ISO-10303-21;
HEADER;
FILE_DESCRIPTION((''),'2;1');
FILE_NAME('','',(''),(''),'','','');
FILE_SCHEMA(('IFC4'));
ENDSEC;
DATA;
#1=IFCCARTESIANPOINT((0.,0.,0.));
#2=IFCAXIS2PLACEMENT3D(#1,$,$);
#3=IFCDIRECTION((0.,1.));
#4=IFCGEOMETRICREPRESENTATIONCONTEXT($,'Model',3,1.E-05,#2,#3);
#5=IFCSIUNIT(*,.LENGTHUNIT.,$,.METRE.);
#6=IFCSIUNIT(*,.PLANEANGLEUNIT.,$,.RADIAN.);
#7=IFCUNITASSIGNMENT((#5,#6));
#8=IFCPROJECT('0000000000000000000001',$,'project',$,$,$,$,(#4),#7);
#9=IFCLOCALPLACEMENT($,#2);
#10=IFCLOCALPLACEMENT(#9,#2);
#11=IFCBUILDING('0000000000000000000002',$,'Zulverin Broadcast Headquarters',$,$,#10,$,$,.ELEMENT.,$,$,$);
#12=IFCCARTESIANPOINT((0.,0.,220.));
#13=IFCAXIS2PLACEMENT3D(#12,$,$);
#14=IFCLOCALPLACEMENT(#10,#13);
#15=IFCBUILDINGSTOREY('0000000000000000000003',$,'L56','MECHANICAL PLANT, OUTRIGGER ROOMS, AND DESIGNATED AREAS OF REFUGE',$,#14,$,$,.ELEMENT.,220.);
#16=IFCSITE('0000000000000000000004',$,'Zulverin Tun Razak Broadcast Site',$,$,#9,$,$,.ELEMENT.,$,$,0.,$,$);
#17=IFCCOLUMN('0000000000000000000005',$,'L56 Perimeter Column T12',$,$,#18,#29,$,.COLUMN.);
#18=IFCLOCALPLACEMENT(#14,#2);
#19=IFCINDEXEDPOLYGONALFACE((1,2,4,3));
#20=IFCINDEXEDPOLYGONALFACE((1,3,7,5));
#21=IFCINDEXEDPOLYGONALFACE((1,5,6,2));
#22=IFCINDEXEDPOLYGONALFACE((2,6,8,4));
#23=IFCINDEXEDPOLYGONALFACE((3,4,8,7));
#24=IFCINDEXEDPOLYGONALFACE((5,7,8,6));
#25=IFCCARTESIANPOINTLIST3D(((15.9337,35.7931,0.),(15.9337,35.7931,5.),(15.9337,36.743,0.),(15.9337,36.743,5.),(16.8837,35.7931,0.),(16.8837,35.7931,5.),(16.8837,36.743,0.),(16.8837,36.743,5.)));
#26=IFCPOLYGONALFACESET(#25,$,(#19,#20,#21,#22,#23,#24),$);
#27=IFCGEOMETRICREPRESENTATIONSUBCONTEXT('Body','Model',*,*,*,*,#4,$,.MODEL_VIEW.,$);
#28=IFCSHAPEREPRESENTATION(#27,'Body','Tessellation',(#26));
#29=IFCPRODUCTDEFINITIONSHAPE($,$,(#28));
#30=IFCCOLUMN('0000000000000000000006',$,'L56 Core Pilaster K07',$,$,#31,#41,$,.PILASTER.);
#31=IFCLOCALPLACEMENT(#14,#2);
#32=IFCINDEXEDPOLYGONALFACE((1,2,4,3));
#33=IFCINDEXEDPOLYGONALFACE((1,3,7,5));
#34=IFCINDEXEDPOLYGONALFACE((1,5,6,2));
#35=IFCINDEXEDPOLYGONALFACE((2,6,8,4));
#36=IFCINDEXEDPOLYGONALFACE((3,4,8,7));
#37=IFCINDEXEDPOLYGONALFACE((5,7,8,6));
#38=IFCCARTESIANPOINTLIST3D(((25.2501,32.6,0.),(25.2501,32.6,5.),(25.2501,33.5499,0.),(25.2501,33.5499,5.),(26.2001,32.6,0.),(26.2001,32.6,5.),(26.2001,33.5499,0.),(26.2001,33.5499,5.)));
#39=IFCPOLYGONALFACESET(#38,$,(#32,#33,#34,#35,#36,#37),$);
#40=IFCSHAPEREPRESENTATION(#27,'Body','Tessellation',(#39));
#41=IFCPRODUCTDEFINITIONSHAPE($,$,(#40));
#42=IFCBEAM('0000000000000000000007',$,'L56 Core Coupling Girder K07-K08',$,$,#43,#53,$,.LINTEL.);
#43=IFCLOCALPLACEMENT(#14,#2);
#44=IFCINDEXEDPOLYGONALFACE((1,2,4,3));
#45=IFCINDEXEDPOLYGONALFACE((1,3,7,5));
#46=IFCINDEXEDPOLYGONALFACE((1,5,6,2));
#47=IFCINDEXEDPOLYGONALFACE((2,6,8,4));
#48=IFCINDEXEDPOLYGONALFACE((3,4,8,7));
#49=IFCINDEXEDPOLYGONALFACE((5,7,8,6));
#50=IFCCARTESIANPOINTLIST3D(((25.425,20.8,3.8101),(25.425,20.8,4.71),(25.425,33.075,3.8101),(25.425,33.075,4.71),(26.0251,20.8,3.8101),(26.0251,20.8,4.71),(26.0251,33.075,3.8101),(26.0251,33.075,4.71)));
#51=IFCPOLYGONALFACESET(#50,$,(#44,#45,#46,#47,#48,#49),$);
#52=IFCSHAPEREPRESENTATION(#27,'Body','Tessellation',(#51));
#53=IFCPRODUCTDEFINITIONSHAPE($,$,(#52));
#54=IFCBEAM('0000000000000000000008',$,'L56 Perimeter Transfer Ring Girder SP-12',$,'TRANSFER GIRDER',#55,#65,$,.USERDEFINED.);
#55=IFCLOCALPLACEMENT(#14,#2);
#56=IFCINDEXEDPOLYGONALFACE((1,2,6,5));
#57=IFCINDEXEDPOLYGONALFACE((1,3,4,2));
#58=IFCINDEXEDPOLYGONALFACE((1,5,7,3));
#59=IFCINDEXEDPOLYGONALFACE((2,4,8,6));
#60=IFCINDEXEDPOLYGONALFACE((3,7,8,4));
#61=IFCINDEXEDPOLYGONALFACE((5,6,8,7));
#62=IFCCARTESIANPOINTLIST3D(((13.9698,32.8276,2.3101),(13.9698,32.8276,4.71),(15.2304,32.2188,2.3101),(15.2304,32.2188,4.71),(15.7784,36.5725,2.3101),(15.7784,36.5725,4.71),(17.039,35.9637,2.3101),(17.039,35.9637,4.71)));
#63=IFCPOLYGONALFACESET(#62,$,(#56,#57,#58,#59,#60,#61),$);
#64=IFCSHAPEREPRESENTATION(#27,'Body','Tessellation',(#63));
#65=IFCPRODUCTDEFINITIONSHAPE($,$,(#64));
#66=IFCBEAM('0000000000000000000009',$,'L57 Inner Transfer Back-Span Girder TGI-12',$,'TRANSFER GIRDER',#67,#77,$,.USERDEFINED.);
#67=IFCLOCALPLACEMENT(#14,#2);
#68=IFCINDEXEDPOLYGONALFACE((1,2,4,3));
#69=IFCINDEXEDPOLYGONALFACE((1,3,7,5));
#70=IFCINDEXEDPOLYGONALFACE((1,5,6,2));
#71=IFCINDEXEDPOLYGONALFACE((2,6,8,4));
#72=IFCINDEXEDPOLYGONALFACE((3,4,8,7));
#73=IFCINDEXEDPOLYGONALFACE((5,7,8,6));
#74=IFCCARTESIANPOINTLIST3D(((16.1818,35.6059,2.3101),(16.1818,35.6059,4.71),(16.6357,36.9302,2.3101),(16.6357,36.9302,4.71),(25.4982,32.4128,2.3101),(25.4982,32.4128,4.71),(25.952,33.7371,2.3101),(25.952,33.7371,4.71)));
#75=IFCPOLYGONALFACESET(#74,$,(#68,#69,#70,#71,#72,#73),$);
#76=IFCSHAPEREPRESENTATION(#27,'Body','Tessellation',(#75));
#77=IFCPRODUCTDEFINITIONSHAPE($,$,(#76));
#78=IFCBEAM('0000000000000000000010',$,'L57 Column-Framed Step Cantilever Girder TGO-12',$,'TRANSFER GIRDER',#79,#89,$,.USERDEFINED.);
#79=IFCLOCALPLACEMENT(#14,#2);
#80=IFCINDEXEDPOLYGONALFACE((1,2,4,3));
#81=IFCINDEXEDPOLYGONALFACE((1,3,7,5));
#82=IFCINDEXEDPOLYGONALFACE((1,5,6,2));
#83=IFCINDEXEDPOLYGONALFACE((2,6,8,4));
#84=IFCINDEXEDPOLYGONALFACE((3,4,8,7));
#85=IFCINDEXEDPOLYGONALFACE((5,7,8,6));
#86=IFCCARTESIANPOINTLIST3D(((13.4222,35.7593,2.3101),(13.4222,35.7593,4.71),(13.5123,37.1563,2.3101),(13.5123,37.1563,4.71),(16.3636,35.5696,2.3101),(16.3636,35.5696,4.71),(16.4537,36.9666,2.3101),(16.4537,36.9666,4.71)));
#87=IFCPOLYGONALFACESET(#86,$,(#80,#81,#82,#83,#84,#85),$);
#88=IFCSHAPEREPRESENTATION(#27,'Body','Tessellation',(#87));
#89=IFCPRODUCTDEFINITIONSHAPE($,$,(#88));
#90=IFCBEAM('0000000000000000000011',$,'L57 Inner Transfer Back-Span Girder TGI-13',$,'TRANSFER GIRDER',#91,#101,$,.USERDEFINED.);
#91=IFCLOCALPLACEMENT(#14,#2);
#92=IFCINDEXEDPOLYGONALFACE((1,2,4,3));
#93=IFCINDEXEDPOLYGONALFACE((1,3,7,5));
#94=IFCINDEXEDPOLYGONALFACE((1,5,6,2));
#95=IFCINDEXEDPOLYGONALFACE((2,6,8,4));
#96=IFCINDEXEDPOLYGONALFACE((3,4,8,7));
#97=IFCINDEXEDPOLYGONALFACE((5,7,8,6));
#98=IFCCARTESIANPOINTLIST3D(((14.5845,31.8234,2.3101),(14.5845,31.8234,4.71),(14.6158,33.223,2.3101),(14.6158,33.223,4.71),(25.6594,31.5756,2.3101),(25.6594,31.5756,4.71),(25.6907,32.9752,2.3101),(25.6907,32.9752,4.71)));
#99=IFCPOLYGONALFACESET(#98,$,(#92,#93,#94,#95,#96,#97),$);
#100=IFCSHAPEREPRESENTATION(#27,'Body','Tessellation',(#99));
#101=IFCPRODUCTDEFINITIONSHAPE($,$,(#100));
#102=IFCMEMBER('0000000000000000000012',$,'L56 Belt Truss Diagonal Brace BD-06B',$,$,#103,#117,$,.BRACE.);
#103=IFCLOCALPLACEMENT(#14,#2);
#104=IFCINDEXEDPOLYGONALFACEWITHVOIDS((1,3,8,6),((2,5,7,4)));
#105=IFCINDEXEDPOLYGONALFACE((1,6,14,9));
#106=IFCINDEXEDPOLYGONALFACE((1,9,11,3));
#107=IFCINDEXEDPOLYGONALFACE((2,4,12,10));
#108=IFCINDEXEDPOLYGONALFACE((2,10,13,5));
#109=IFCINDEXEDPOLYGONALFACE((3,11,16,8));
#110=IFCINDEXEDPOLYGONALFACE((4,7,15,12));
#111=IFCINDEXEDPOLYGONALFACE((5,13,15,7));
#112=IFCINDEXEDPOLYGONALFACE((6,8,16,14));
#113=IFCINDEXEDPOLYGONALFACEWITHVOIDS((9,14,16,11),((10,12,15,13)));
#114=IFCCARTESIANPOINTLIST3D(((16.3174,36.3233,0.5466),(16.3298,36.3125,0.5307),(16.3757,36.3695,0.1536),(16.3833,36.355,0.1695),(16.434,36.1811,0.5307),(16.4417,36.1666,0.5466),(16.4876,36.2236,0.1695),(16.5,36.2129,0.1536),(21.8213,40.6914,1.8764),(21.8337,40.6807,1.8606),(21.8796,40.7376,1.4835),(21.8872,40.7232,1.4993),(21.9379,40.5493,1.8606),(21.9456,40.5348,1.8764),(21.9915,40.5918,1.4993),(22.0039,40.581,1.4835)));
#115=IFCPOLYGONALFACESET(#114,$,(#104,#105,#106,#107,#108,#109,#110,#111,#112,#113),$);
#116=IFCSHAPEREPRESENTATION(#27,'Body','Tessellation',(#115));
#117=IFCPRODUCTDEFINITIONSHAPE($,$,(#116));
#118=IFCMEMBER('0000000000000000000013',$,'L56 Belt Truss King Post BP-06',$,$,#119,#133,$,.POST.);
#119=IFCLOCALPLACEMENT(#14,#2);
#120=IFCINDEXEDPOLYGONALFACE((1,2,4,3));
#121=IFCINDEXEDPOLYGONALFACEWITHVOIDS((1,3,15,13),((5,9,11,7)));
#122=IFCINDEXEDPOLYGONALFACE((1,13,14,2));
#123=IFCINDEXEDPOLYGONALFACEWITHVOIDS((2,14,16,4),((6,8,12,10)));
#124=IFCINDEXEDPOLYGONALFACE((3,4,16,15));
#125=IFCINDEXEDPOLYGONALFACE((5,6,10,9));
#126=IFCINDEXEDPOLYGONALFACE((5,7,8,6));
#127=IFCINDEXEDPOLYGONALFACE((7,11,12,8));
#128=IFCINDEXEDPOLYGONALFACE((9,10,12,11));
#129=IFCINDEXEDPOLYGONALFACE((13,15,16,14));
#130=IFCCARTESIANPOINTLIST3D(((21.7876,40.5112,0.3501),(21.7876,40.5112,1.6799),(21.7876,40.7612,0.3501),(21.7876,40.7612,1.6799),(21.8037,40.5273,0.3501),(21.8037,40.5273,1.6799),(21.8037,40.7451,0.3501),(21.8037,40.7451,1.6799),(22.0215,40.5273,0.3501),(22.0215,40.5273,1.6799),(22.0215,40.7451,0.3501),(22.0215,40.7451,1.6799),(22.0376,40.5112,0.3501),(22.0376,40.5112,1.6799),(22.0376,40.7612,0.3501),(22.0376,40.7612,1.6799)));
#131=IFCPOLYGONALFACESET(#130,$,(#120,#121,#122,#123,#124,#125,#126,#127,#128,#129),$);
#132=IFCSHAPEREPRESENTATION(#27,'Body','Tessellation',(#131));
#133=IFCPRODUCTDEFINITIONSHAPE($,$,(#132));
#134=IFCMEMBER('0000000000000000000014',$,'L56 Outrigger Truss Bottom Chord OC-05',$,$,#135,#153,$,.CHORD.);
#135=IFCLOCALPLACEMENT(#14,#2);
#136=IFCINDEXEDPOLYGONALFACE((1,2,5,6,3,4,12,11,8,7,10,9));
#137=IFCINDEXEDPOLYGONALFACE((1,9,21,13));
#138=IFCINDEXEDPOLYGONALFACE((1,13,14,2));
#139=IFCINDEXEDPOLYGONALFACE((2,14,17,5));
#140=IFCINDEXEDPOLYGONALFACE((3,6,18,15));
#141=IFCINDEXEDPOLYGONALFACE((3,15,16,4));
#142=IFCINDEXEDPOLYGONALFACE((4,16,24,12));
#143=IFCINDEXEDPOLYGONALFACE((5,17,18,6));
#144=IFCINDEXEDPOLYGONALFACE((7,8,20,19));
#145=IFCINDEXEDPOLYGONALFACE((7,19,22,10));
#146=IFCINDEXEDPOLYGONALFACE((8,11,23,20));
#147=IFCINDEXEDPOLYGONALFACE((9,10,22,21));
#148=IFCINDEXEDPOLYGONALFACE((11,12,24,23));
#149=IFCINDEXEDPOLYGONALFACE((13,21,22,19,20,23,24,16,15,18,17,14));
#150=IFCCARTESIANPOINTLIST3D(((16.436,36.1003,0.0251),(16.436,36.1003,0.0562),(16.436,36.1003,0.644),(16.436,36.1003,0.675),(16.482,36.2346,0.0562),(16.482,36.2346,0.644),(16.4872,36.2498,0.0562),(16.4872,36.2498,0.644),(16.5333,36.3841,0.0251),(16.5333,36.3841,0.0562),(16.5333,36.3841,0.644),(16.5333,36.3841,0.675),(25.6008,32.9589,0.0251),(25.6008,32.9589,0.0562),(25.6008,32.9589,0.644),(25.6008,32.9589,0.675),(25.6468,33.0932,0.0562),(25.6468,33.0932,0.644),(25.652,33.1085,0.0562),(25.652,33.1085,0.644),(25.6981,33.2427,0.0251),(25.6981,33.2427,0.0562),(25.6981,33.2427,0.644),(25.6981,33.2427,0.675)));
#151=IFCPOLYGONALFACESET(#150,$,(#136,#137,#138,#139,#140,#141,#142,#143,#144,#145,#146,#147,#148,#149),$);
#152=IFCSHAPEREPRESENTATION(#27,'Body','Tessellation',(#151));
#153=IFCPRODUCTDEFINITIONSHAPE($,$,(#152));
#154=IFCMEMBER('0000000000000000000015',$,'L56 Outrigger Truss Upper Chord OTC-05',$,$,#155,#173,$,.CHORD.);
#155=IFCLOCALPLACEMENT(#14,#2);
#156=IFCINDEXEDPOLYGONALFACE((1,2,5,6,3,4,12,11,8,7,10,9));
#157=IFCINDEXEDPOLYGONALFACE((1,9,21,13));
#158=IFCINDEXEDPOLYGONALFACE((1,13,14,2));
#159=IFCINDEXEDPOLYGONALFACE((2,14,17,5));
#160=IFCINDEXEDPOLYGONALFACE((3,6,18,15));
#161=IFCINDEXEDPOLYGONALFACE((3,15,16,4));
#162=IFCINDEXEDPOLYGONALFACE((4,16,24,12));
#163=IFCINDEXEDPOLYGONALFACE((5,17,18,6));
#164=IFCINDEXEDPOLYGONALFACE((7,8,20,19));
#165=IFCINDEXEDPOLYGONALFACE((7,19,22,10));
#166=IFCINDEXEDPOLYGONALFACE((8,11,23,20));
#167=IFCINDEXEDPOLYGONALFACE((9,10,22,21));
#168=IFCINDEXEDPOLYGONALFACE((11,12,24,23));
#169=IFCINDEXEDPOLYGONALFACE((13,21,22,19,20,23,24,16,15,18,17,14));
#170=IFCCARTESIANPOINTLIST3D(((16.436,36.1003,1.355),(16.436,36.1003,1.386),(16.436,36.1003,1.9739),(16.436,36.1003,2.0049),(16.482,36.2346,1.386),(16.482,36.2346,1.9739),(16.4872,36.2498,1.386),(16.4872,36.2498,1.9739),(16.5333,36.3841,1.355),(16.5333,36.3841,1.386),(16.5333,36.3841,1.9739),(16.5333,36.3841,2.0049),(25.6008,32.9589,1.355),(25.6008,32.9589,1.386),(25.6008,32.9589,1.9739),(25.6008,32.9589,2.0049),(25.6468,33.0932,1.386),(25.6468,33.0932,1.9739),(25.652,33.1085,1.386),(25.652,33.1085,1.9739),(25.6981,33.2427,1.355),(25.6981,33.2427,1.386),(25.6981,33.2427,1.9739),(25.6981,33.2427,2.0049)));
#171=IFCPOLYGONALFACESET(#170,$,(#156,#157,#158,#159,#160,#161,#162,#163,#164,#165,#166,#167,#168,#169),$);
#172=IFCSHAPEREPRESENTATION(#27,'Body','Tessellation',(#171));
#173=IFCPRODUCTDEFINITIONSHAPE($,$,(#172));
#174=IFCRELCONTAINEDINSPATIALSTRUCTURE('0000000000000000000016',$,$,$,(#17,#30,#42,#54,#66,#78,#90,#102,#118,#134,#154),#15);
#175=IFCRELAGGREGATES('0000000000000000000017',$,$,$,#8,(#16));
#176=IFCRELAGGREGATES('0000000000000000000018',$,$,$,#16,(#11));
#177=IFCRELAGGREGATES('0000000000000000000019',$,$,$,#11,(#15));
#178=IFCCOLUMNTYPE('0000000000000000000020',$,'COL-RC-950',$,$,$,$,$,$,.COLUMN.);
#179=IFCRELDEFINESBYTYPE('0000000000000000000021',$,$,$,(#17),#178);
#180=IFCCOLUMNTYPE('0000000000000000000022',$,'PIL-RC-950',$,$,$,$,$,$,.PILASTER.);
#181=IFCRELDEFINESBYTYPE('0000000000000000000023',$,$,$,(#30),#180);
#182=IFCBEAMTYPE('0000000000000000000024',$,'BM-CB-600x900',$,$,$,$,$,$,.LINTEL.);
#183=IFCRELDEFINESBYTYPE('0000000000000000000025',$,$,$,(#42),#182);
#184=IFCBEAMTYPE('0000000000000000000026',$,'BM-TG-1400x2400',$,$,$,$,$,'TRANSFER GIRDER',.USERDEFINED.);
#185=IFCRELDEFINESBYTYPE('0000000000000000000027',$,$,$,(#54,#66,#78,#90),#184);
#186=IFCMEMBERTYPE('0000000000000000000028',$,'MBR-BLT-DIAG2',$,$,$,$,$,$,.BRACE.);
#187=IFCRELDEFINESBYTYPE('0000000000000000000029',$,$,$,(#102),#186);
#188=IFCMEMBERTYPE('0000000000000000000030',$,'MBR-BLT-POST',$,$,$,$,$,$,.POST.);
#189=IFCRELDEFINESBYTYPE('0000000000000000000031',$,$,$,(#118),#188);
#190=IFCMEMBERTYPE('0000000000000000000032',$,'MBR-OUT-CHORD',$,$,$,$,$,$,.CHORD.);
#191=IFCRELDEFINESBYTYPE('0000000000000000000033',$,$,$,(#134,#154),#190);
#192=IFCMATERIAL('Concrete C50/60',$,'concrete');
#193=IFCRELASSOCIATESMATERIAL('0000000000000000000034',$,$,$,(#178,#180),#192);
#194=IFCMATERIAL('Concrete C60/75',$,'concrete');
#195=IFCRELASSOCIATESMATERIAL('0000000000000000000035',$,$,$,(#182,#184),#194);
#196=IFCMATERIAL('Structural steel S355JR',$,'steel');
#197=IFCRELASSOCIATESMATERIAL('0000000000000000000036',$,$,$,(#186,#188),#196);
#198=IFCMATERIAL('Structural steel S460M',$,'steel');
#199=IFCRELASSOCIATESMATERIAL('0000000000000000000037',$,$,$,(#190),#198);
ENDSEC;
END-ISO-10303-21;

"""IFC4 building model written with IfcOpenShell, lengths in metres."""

from ifc_helpers import new_model, si_unit, direction, frame, origin, origin_2d, place, context, subcontext, project, spatial, rectangle, hollow_rectangle, i_section, extrude, material, material_profile, profile_set, type_object, element, save


model = new_model("IFC4")

# Units and contexts
model_context = context("Model", 3, precision=1e-05, world=origin(), true_north=direction((0.0, 1.0)))
body_context = subcontext(model_context, "Body", "Model", "MODEL_VIEW")
ifc_project = project(units=[si_unit("LENGTHUNIT", "METRE"), si_unit("PLANEANGLEUNIT", "RADIAN")], contexts=[model_context])

# Site, building, storey
site_placement = place(None, origin())
site = spatial("IfcSite", under=ifc_project, at=site_placement, Name="Zulverin Tun Razak Broadcast Site", CompositionType="ELEMENT", RefElevation=0.0)
building_placement = place(site_placement, origin())
building = spatial("IfcBuilding", under=site, at=building_placement, Name="Zulverin Broadcast Headquarters", CompositionType="ELEMENT")
storey_placement = place(building_placement, frame((0.0, 0.0, 220.0)))
storey = spatial("IfcBuildingStorey", under=building, at=storey_placement, Name="L56", Description="MECHANICAL PLANT, OUTRIGGER ROOMS, AND DESIGNATED AREAS OF REFUGE", CompositionType="ELEMENT", Elevation=220.0)

# Columns
ifc_material_1 = material(Name="Concrete C50/60", Category="concrete")
ifc_material_profile_1 = material_profile(ifc_material_1, rectangle(XDim=0.95, YDim=0.95, at=origin_2d()), Name="Concrete C50/60", Category="concrete")
ifc_profile_set_1 = profile_set([ifc_material_profile_1], Name="Concrete C50/60")
column_type_1 = type_object("IfcColumnType", Name="COL-RC-950", PredefinedType="COLUMN", material=ifc_profile_set_1)
column_1_placement = place(storey_placement, frame((16.4087, 36.2681, 0.0), z_axis=(0.0, 0.0, 1.0), x_axis=(1.0, 0.0, 0.0)))
element("IfcColumn", 1, at=column_1_placement, inside=storey, type_object=column_type_1, Name="L56 Perimeter Column T12", PredefinedType="COLUMN", context=body_context, shape_type="SweptSolid", body=[
    extrude(rectangle(XDim=0.95, YDim=0.95, at=origin_2d()), origin(), (0.0, 0.0, 1.0), 5.0),
])
ifc_material_profile_2 = material_profile(ifc_material_1, rectangle(XDim=0.95, YDim=0.95, at=origin_2d()), Name="Concrete C50/60", Category="concrete")
ifc_profile_set_2 = profile_set([ifc_material_profile_2], Name="Concrete C50/60")
column_type_2 = type_object("IfcColumnType", Name="PIL-RC-950", PredefinedType="PILASTER", material=ifc_profile_set_2)
column_2_placement = place(storey_placement, frame((25.7251, 33.075, 0.0), z_axis=(0.0, 0.0, 1.0), x_axis=(1.0, 0.0, 0.0)))
element("IfcColumn", 2, at=column_2_placement, inside=storey, type_object=column_type_2, Name="L56 Core Pilaster K07", PredefinedType="PILASTER", context=body_context, shape_type="SweptSolid", body=[
    extrude(rectangle(XDim=0.95, YDim=0.95, at=origin_2d()), origin(), (0.0, 0.0, 1.0), 5.0),
])

# Beams
ifc_material_2 = material(Name="Concrete C60/75", Category="concrete")
ifc_material_profile_3 = material_profile(ifc_material_2, rectangle(XDim=0.6001, YDim=0.8999, at=origin_2d()), Name="Concrete C60/75", Category="concrete")
ifc_profile_set_3 = profile_set([ifc_material_profile_3], Name="Concrete C60/75")
beam_type_1 = type_object("IfcBeamType", Name="BM-CB-600x900", PredefinedType="LINTEL", material=ifc_profile_set_3)
beam_1_placement = place(storey_placement, frame((25.7251, 33.075, 4.26), z_axis=(0.0, -1.0, 0.0), x_axis=(1.0, 0.0, 0.0)))
element("IfcBeam", 3, at=beam_1_placement, inside=storey, type_object=beam_type_1, Name="L56 Core Coupling Girder K07-K08", PredefinedType="LINTEL", context=body_context, shape_type="SweptSolid", body=[
    extrude(rectangle(XDim=0.6001, YDim=0.8999, at=origin_2d()), origin(), (0.0, 0.0, 1.0), 12.2749),
])
ifc_material_profile_4 = material_profile(ifc_material_2, rectangle(XDim=1.3999, YDim=2.3999, at=origin_2d()), Name="Concrete C60/75", Category="concrete")
ifc_profile_set_4 = profile_set([ifc_material_profile_4], Name="Concrete C60/75")
beam_type_2 = type_object("IfcBeamType", Name="BM-TG-1400x2400", ElementType="TRANSFER GIRDER", PredefinedType="USERDEFINED", material=ifc_profile_set_4)
beam_2_placement = place(storey_placement, frame((16.4087, 36.2681, 3.51), z_axis=(-0.43489, -0.900483, 0.0), x_axis=(0.900483, -0.43489, 0.0)))
element("IfcBeam", 4, at=beam_2_placement, inside=storey, type_object=beam_type_2, Name="L56 Perimeter Transfer Ring Girder SP-12", ObjectType="TRANSFER GIRDER", PredefinedType="USERDEFINED", context=body_context, shape_type="SweptSolid", body=[
    extrude(rectangle(XDim=1.3999, YDim=2.3999, at=origin_2d()), origin(), (0.0, 0.0, 1.0), 4.1587),
])
beam_3_placement = place(storey_placement, frame((25.7251, 33.075, 3.51), z_axis=(-0.94598, 0.324226, 0.0), x_axis=(-0.324226, -0.94598, 0.0)))
element("IfcBeam", 5, at=beam_3_placement, inside=storey, type_object=beam_type_2, Name="L57 Inner Transfer Back-Span Girder TGI-12", ObjectType="TRANSFER GIRDER", PredefinedType="USERDEFINED", context=body_context, shape_type="SweptSolid", body=[
    extrude(rectangle(XDim=1.3999, YDim=2.3999, at=origin_2d()), origin(), (0.0, 0.0, 1.0), 9.8484),
])
beam_4_placement = place(storey_placement, frame((16.4087, 36.2681, 3.51), z_axis=(-0.997927, 0.064358, 0.0), x_axis=(-0.064358, -0.997927, 0.0)))
element("IfcBeam", 6, at=beam_4_placement, inside=storey, type_object=beam_type_2, Name="L57 Column-Framed Step Cantilever Girder TGO-12", ObjectType="TRANSFER GIRDER", PredefinedType="USERDEFINED", context=body_context, shape_type="SweptSolid", body=[
    extrude(rectangle(XDim=1.3999, YDim=2.3999, at=origin_2d()), origin(), (0.0, 0.0, 1.0), 2.9475),
])
beam_5_placement = place(storey_placement, frame((25.675, 32.2754, 3.51), z_axis=(-0.99975, 0.022369, 0.0), x_axis=(-0.022369, -0.99975, 0.0)))
element("IfcBeam", 7, at=beam_5_placement, inside=storey, type_object=beam_type_2, Name="L57 Inner Transfer Back-Span Girder TGI-13", ObjectType="TRANSFER GIRDER", PredefinedType="USERDEFINED", context=body_context, shape_type="SweptSolid", body=[
    extrude(rectangle(XDim=1.3999, YDim=2.3999, at=origin_2d()), origin(), (0.0, 0.0, 1.0), 11.0776),
])

# Members
ifc_material_3 = material(Name="Structural steel S355JR", Category="steel")
ifc_material_profile_5 = material_profile(ifc_material_3, hollow_rectangle(XDim=0.2, YDim=0.3999, WallThickness=0.0161, at=origin_2d()), Name="Structural steel S355JR", Category="steel")
ifc_profile_set_5 = profile_set([ifc_material_profile_5], Name="Structural steel S355JR")
member_type_1 = type_object("IfcMemberType", Name="MBR-BLT-DIAG2", PredefinedType="BRACE", material=ifc_profile_set_5)
member_1_placement = place(storey_placement, frame((16.4087, 36.2681, 0.3501), z_axis=(0.769628, 0.610814, 0.185955), x_axis=(-0.621657, 0.78329, 0.0)))
element("IfcMember", 8, at=member_1_placement, inside=storey, type_object=member_type_1, Name="L56 Belt Truss Diagonal Brace BD-06B", PredefinedType="BRACE", context=body_context, shape_type="SweptSolid", body=[
    extrude(hollow_rectangle(XDim=0.2, YDim=0.3999, WallThickness=0.0161, at=origin_2d()), origin(), (0.0, 0.0, 1.0), 7.1514),
])
ifc_material_profile_6 = material_profile(ifc_material_3, hollow_rectangle(XDim=0.25, YDim=0.25, WallThickness=0.0161, at=origin_2d()), Name="Structural steel S355JR", Category="steel")
ifc_profile_set_6 = profile_set([ifc_material_profile_6], Name="Structural steel S355JR")
member_type_2 = type_object("IfcMemberType", Name="MBR-BLT-POST", PredefinedType="POST", material=ifc_profile_set_6)
member_2_placement = place(storey_placement, frame((21.9126, 40.6362, 0.3501), z_axis=(0.0, 0.0, 1.0), x_axis=(1.0, 0.0, 0.0)))
element("IfcMember", 9, at=member_2_placement, inside=storey, type_object=member_type_2, Name="L56 Belt Truss King Post BP-06", PredefinedType="POST", context=body_context, shape_type="SweptSolid", body=[
    extrude(hollow_rectangle(XDim=0.25, YDim=0.25, WallThickness=0.0161, at=origin_2d()), origin(), (0.0, 0.0, 1.0), 1.3298),
])
ifc_material_4 = material(Name="Structural steel S460M", Category="steel")
ifc_material_profile_7 = material_profile(ifc_material_4, i_section(OverallWidth=0.3, OverallDepth=0.6499, WebThickness=0.0161, FlangeThickness=0.031, at=origin_2d()), Name="Structural steel S460M", Category="steel")
ifc_profile_set_7 = profile_set([ifc_material_profile_7], Name="Structural steel S460M")
member_type_3 = type_object("IfcMemberType", Name="MBR-OUT-CHORD", PredefinedType="CHORD", material=ifc_profile_set_7)
for number, where, z_axis, x_axis, name in (
    (10, (25.6494, 33.1008, 0.3501), (-0.945973, 0.324245, 0.0), (-0.324245, -0.945973, 0.0), "L56 Outrigger Truss Bottom Chord OC-05"),
    (11, (25.6494, 33.1008, 1.6799), (-0.945973, 0.324245, 0.0), (-0.324245, -0.945973, 0.0), "L56 Outrigger Truss Upper Chord OTC-05"),
):
    element("IfcMember", number, at=place(storey_placement, frame(where, z_axis=z_axis, x_axis=x_axis)), inside=storey, type_object=member_type_3, Name=name, PredefinedType="CHORD", context=body_context, shape_type="SweptSolid", body=[
        extrude(i_section(OverallWidth=0.3, OverallDepth=0.6499, WebThickness=0.0161, FlangeThickness=0.031, at=origin_2d()), origin(), (0.0, 0.0, 1.0), 9.6882),
    ])

save(model, "model.ifc")
